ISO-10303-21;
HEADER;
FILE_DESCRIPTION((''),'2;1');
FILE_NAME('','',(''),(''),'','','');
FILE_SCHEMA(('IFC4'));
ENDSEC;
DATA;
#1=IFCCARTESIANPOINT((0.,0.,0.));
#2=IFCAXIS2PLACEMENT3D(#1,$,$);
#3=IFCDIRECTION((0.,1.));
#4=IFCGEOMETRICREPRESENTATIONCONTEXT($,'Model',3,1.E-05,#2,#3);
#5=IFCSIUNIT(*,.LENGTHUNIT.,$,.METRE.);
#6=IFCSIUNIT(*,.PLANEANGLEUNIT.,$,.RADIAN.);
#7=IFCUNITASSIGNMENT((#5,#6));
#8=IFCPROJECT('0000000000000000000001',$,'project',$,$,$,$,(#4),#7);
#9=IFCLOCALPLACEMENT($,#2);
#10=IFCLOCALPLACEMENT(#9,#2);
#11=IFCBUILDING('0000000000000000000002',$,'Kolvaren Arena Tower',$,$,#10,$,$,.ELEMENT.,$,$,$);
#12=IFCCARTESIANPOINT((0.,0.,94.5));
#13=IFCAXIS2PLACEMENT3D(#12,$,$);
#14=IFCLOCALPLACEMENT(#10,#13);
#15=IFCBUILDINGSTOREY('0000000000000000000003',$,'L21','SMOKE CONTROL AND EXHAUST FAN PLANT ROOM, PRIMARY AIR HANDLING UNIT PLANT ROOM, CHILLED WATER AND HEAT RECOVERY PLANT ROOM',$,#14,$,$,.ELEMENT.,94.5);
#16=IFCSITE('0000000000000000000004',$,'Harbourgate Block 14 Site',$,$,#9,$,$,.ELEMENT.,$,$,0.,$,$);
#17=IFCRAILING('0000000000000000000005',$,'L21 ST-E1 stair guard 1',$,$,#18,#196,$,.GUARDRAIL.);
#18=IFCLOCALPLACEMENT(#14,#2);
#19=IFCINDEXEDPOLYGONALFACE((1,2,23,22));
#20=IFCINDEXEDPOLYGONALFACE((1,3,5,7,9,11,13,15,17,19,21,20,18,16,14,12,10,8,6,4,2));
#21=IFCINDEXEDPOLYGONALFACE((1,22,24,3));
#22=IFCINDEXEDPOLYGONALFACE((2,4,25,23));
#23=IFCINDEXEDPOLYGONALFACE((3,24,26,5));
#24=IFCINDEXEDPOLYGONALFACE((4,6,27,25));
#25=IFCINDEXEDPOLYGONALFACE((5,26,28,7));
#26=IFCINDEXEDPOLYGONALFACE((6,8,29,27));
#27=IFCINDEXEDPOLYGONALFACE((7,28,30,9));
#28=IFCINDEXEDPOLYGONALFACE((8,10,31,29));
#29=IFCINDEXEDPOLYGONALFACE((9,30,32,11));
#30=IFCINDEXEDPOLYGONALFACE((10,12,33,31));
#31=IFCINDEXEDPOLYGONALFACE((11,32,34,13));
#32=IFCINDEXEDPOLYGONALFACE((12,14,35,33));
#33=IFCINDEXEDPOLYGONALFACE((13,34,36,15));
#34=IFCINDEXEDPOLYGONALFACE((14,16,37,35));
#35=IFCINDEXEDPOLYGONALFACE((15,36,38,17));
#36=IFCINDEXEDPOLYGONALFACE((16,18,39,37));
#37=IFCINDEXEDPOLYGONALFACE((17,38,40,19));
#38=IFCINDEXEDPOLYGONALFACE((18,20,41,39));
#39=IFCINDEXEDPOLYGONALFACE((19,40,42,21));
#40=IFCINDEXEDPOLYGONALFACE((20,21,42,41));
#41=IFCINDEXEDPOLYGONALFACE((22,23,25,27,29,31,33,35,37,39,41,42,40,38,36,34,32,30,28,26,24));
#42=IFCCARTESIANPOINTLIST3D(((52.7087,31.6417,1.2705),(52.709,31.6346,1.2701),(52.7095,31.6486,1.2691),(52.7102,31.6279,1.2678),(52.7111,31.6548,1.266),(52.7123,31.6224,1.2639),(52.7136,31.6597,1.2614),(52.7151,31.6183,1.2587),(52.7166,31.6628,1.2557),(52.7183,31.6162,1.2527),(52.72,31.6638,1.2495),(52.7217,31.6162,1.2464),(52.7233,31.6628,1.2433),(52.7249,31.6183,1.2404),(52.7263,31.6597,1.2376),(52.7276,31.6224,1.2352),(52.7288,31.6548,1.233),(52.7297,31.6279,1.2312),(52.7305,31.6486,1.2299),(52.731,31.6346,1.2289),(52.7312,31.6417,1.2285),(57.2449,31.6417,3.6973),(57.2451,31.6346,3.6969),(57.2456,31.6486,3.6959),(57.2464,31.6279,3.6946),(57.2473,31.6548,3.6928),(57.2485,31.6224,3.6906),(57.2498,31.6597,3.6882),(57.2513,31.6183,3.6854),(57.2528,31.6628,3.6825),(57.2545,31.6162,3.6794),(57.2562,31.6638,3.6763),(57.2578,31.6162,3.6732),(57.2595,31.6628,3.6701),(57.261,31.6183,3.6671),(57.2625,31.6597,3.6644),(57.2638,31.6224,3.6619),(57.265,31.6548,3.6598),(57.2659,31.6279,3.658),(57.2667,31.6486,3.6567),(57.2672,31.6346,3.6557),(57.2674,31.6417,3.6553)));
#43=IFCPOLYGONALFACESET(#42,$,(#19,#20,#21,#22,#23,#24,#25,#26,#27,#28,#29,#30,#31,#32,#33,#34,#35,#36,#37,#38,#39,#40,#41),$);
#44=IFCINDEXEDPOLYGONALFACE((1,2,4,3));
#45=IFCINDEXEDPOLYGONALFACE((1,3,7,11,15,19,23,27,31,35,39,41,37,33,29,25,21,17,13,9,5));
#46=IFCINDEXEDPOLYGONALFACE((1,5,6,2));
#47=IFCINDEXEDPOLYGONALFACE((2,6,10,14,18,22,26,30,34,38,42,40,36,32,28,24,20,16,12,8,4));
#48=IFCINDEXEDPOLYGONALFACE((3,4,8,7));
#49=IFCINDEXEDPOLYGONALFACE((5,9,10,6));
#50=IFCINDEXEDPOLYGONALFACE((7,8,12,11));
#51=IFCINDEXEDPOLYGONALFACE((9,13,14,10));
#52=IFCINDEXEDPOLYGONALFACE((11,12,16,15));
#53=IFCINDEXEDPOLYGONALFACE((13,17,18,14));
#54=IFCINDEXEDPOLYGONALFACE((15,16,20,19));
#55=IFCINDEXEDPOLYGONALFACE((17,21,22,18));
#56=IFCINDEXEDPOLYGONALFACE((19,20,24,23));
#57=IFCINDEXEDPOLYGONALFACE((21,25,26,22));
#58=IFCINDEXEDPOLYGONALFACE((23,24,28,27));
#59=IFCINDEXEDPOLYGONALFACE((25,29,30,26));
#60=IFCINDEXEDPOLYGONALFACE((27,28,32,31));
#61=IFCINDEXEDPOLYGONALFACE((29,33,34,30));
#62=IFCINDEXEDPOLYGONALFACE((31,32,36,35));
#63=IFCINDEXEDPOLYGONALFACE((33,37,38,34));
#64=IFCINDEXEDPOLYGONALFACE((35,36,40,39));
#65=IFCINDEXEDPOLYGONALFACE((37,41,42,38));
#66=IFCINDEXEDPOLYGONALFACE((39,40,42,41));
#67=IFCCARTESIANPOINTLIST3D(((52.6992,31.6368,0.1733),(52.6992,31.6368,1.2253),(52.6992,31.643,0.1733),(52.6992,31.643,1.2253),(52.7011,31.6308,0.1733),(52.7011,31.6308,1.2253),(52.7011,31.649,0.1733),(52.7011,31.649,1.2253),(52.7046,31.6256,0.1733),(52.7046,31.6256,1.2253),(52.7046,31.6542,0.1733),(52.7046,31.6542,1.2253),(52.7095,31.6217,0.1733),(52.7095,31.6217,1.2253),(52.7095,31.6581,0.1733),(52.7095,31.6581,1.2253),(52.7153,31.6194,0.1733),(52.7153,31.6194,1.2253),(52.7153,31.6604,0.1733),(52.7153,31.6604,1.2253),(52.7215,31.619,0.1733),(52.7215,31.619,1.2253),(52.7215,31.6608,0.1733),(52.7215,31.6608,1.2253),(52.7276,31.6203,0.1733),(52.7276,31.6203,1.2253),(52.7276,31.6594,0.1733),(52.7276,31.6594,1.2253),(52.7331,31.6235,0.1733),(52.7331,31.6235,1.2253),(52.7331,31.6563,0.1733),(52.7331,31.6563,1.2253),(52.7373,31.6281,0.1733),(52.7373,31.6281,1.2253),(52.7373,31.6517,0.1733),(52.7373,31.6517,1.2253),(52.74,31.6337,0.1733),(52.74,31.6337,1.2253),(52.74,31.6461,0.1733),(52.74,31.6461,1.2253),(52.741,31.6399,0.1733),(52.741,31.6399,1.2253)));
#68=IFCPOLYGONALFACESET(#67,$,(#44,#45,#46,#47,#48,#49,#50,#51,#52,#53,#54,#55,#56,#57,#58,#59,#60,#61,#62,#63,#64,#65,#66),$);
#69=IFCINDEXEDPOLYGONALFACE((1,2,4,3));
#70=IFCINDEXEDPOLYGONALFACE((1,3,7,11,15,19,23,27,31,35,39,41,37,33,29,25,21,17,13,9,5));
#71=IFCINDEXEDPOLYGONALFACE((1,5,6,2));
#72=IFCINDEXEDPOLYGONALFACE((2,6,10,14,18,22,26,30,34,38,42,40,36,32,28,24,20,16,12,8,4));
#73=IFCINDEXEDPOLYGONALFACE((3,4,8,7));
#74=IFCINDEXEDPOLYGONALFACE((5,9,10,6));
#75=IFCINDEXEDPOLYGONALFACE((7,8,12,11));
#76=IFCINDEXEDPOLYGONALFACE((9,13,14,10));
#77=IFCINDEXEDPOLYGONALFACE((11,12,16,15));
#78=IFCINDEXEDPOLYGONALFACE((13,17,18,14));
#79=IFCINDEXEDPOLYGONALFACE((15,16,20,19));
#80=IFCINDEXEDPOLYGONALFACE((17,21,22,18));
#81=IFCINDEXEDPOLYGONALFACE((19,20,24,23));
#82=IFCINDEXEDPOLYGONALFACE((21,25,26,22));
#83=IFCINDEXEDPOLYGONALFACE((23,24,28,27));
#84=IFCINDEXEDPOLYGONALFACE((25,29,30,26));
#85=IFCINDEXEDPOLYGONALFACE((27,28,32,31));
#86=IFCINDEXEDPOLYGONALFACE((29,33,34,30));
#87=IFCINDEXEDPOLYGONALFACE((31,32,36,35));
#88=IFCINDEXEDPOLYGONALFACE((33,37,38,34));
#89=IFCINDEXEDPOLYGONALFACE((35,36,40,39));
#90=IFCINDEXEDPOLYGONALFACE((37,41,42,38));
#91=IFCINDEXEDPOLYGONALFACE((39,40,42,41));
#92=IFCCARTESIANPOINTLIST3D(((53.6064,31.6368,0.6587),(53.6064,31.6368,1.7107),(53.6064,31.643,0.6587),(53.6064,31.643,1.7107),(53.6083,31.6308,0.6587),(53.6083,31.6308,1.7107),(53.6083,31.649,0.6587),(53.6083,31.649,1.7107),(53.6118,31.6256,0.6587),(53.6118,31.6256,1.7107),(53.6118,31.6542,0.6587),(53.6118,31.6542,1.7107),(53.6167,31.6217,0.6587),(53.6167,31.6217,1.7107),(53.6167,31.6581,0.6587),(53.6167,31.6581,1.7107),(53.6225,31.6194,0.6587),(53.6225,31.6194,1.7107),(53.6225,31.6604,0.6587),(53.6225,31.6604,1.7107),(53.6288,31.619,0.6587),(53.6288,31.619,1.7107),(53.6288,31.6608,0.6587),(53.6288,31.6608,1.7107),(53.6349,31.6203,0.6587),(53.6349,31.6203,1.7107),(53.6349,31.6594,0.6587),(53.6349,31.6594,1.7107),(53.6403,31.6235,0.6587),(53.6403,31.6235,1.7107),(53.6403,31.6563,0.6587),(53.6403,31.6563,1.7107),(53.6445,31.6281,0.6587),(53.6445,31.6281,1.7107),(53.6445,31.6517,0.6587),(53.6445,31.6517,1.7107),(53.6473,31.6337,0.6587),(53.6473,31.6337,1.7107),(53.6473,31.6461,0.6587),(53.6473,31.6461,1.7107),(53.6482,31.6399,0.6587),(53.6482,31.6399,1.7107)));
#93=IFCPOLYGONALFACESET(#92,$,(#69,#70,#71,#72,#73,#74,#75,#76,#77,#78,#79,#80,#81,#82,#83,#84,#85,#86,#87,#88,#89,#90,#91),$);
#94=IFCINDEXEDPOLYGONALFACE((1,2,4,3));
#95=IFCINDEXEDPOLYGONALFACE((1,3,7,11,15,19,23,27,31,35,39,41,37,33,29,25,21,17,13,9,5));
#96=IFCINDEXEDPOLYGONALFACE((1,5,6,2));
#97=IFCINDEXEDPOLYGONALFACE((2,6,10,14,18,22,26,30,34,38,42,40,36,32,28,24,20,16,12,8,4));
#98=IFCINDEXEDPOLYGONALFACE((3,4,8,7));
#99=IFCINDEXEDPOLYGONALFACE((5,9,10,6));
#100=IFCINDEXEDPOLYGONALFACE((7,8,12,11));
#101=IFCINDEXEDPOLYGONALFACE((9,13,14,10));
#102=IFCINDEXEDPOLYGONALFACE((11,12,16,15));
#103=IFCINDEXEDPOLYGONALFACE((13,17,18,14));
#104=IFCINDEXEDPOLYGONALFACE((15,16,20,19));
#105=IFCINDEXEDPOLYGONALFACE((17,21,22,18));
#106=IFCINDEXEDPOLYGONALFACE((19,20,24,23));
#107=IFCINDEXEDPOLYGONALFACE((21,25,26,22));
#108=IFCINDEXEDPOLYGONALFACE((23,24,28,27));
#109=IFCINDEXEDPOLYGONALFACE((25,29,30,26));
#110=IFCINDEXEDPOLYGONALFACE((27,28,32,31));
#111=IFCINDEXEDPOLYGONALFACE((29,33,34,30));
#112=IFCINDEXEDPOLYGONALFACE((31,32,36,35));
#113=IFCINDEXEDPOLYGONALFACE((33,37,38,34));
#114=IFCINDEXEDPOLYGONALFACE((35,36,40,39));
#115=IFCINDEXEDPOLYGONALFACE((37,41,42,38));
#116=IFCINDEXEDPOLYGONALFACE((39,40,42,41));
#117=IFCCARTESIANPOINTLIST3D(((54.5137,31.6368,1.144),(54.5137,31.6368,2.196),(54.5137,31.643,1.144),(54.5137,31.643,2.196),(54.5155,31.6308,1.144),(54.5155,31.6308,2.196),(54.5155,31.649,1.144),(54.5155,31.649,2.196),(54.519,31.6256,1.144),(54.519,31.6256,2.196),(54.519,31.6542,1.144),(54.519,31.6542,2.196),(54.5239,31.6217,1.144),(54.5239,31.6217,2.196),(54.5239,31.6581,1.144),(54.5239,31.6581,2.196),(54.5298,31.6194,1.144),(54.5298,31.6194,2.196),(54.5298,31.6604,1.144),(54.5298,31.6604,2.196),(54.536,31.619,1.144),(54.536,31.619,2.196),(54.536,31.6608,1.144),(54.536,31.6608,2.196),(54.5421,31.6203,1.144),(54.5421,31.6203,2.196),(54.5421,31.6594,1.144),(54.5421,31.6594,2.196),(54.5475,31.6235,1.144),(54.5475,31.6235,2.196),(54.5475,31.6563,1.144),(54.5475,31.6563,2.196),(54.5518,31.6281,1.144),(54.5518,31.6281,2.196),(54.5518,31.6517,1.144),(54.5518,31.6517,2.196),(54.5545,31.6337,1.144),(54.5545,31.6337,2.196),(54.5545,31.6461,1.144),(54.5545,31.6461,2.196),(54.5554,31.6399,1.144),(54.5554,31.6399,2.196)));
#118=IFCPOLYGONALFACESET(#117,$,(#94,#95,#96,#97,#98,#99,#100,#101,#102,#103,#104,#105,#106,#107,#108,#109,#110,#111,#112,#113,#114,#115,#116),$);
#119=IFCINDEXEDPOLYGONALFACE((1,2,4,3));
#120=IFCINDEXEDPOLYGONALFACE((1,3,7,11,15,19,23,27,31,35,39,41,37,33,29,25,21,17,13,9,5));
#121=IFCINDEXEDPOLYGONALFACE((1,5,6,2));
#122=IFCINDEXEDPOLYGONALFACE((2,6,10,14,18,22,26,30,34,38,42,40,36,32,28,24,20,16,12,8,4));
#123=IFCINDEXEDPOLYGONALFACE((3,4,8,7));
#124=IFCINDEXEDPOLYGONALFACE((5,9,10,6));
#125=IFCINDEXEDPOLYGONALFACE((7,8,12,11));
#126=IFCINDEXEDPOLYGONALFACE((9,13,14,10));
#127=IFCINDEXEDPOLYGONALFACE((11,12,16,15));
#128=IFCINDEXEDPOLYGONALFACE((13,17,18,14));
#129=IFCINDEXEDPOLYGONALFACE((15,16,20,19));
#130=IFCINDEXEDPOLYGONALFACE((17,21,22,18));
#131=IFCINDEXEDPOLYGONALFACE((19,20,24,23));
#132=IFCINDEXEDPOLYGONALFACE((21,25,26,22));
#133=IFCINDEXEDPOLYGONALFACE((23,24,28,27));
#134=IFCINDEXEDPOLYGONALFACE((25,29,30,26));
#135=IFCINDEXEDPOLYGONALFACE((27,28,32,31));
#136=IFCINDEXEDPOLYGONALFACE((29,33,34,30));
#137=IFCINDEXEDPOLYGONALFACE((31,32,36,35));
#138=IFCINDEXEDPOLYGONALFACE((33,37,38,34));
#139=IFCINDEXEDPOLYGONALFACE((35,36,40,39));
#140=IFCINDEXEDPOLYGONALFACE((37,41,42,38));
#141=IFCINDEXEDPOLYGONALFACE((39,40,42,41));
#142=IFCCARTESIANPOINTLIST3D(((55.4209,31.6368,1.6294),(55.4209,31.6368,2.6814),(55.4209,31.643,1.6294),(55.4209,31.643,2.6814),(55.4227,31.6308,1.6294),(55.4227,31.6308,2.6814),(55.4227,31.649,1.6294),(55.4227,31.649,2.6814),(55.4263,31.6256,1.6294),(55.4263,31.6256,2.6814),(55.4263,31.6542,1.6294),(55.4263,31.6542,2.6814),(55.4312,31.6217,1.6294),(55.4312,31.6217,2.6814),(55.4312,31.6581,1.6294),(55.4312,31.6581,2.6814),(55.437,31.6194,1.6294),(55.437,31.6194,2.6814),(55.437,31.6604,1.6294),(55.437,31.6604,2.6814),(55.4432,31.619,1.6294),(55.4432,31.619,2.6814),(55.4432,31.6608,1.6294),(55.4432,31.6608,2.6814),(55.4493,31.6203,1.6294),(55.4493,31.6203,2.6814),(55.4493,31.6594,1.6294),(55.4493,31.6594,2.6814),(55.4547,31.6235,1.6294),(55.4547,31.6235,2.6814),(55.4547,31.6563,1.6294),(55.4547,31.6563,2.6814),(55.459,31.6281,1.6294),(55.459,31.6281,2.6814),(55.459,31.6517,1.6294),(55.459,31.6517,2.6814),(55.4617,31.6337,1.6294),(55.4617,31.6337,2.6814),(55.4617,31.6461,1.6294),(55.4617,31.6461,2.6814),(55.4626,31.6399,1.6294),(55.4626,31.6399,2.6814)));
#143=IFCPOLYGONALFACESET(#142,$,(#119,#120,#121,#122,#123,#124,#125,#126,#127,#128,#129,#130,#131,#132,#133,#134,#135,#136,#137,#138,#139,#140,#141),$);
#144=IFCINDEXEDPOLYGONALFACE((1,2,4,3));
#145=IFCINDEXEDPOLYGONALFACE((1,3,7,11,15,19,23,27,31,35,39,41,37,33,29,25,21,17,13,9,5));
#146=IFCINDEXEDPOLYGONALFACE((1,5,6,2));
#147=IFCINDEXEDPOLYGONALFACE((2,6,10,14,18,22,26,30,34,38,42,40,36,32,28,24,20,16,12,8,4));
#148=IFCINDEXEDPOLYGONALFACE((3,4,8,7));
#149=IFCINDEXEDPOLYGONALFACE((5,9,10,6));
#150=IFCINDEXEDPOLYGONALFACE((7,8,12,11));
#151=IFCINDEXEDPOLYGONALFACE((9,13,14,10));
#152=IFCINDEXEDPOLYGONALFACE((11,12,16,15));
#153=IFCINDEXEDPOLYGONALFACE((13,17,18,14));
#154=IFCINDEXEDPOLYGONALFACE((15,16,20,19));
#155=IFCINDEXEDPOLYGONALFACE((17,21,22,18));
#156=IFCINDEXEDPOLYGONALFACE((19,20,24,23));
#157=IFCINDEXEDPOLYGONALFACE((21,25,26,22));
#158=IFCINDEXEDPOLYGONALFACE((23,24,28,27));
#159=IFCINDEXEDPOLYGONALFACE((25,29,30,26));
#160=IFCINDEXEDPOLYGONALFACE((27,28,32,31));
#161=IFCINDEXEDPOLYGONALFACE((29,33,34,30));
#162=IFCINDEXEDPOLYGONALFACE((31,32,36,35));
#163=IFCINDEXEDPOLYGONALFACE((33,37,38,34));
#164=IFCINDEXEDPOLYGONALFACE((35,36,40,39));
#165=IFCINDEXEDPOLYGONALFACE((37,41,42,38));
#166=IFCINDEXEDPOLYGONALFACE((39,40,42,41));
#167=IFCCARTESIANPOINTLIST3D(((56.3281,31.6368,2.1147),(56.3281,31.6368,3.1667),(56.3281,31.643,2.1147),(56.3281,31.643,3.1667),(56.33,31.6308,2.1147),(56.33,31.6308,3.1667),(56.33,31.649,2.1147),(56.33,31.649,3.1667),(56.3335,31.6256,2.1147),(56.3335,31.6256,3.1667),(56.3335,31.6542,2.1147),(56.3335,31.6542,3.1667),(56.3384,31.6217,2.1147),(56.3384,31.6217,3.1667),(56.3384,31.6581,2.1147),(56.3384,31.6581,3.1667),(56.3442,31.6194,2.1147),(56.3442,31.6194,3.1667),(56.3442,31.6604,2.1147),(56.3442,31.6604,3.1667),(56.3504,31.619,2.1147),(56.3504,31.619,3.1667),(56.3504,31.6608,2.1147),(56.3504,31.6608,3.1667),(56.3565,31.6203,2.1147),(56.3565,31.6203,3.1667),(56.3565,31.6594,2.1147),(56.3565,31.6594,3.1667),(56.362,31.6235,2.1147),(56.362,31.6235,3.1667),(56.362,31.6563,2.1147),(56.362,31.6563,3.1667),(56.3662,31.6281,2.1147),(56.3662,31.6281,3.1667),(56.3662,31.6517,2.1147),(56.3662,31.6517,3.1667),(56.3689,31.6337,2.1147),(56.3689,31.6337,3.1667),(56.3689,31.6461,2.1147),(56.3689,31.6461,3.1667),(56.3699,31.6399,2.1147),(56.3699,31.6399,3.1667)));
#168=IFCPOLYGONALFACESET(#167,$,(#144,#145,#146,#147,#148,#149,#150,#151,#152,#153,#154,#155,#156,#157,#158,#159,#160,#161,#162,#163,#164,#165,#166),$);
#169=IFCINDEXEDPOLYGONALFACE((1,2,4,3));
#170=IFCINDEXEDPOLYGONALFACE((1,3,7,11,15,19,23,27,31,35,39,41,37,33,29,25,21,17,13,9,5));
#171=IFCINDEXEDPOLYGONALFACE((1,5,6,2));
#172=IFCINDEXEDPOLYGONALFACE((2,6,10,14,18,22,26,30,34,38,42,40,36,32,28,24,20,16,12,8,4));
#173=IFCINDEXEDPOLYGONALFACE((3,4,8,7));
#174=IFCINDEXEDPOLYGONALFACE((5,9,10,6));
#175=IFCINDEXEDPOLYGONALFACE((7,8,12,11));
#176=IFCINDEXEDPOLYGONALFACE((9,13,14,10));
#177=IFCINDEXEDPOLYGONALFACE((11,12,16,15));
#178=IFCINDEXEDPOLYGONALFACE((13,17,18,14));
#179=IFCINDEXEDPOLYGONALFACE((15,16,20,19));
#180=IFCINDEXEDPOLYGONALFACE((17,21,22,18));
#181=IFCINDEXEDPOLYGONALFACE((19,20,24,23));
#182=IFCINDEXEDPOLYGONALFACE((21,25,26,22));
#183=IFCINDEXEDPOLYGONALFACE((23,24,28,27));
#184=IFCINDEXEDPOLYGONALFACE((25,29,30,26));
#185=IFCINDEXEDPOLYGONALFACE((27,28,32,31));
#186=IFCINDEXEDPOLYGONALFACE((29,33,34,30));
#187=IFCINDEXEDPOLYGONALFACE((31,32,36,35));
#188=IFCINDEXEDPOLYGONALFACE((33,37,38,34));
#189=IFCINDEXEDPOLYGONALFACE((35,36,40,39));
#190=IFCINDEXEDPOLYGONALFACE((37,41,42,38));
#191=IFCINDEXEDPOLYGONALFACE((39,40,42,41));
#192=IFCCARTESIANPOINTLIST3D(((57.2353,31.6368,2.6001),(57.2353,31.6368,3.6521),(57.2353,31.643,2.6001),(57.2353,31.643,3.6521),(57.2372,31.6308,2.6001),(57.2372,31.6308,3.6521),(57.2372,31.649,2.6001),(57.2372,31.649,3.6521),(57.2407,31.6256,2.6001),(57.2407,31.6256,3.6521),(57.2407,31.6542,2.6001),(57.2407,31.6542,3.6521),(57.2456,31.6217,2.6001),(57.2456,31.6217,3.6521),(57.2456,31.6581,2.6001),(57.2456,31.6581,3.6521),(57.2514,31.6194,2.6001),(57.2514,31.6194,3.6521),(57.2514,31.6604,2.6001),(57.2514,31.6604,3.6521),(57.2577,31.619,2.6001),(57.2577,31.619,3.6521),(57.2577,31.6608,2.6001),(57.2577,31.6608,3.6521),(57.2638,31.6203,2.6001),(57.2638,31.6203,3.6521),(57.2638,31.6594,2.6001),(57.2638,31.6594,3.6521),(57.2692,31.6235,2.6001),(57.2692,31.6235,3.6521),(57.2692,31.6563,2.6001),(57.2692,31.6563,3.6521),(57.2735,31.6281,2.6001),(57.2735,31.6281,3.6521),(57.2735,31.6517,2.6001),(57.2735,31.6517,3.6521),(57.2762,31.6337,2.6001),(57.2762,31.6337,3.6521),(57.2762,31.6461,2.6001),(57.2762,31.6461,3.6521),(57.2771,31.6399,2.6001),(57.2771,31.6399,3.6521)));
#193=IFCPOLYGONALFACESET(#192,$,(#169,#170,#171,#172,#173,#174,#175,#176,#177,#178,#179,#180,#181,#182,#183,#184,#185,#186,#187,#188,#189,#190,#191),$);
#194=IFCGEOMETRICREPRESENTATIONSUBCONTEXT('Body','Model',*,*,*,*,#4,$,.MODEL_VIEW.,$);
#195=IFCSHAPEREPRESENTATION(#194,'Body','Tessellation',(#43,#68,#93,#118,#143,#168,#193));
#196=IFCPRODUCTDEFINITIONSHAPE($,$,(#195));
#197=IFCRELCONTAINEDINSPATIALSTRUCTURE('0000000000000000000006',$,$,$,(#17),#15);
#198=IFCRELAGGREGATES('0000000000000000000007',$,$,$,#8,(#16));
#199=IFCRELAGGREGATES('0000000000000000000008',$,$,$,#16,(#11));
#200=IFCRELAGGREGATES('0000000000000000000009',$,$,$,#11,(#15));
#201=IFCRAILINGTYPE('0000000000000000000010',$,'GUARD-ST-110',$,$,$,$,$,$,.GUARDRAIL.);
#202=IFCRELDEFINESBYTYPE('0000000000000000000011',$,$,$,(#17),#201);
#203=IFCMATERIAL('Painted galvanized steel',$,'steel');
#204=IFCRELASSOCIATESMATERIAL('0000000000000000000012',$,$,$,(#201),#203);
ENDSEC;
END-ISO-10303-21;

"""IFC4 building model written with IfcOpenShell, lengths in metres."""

from ifc_helpers import new_model, si_unit, direction, frame, origin, origin_2d, place, context, subcontext, project, spatial, circle, extrude, material, type_object, element, save


model = new_model("IFC4")

# Units and contexts
model_context = context("Model", 3, precision=1e-05, world=origin(), true_north=direction((0.0, 1.0)))
body_context = subcontext(model_context, "Body", "Model", "MODEL_VIEW")
ifc_project = project(units=[si_unit("LENGTHUNIT", "METRE"), si_unit("PLANEANGLEUNIT", "RADIAN")], contexts=[model_context])

# Site, building, storey
site_placement = place(None, origin())
site = spatial("IfcSite", under=ifc_project, at=site_placement, Name="Harbourgate Block 14 Site", CompositionType="ELEMENT", RefElevation=0.0)
building_placement = place(site_placement, origin())
building = spatial("IfcBuilding", under=site, at=building_placement, Name="Kolvaren Arena Tower", CompositionType="ELEMENT")
storey_placement = place(building_placement, frame((0.0, 0.0, 94.5)))
storey = spatial("IfcBuildingStorey", under=building, at=storey_placement, Name="L21", Description="SMOKE CONTROL AND EXHAUST FAN PLANT ROOM, PRIMARY AIR HANDLING UNIT PLANT ROOM, CHILLED WATER AND HEAT RECOVERY PLANT ROOM", CompositionType="ELEMENT", Elevation=94.5)

# Railing
ifc_material_1 = material(Name="Painted galvanized steel", Category="steel")
railing_type_1 = type_object("IfcRailingType", Name="GUARD-ST-110", PredefinedType="GUARDRAIL", material=ifc_material_1)
railing_1_placement = place(storey_placement, frame((52.72, 31.6399, 0.1733)))
element("IfcRailing", 1, at=railing_1_placement, inside=storey, type_object=railing_type_1, Name="L21 ST-E1 stair guard 1", PredefinedType="GUARDRAIL", context=body_context, shape_type="SweptSolid", body=[
    extrude(circle(Radius=0.0239, at=origin_2d()), frame((0.0, 0.0, 1.0762), z_axis=(0.881748, 0.0, 0.471721), x_axis=(0.0, 1.0, 0.0)), (0.0, 0.0, 1.0), 5.1445),
    extrude(circle(Radius=0.021, at=origin_2d()), origin(), (0.0, 0.0, 1.0), 1.052),
    extrude(circle(Radius=0.021, at=origin_2d()), frame((0.9072, 0.0, 0.4854)), (0.0, 0.0, 1.0), 1.052),
    extrude(circle(Radius=0.021, at=origin_2d()), frame((1.8145, 0.0, 0.9707)), (0.0, 0.0, 1.0), 1.052),
    extrude(circle(Radius=0.021, at=origin_2d()), frame((2.7217, 0.0, 1.4561)), (0.0, 0.0, 1.0), 1.052),
    extrude(circle(Radius=0.021, at=origin_2d()), frame((3.6289, 0.0, 1.9414)), (0.0, 0.0, 1.0), 1.052),
    extrude(circle(Radius=0.021, at=origin_2d()), frame((4.5361, 0.0, 2.4268)), (0.0, 0.0, 1.0), 1.052),
])

save(model, "model.ifc")
